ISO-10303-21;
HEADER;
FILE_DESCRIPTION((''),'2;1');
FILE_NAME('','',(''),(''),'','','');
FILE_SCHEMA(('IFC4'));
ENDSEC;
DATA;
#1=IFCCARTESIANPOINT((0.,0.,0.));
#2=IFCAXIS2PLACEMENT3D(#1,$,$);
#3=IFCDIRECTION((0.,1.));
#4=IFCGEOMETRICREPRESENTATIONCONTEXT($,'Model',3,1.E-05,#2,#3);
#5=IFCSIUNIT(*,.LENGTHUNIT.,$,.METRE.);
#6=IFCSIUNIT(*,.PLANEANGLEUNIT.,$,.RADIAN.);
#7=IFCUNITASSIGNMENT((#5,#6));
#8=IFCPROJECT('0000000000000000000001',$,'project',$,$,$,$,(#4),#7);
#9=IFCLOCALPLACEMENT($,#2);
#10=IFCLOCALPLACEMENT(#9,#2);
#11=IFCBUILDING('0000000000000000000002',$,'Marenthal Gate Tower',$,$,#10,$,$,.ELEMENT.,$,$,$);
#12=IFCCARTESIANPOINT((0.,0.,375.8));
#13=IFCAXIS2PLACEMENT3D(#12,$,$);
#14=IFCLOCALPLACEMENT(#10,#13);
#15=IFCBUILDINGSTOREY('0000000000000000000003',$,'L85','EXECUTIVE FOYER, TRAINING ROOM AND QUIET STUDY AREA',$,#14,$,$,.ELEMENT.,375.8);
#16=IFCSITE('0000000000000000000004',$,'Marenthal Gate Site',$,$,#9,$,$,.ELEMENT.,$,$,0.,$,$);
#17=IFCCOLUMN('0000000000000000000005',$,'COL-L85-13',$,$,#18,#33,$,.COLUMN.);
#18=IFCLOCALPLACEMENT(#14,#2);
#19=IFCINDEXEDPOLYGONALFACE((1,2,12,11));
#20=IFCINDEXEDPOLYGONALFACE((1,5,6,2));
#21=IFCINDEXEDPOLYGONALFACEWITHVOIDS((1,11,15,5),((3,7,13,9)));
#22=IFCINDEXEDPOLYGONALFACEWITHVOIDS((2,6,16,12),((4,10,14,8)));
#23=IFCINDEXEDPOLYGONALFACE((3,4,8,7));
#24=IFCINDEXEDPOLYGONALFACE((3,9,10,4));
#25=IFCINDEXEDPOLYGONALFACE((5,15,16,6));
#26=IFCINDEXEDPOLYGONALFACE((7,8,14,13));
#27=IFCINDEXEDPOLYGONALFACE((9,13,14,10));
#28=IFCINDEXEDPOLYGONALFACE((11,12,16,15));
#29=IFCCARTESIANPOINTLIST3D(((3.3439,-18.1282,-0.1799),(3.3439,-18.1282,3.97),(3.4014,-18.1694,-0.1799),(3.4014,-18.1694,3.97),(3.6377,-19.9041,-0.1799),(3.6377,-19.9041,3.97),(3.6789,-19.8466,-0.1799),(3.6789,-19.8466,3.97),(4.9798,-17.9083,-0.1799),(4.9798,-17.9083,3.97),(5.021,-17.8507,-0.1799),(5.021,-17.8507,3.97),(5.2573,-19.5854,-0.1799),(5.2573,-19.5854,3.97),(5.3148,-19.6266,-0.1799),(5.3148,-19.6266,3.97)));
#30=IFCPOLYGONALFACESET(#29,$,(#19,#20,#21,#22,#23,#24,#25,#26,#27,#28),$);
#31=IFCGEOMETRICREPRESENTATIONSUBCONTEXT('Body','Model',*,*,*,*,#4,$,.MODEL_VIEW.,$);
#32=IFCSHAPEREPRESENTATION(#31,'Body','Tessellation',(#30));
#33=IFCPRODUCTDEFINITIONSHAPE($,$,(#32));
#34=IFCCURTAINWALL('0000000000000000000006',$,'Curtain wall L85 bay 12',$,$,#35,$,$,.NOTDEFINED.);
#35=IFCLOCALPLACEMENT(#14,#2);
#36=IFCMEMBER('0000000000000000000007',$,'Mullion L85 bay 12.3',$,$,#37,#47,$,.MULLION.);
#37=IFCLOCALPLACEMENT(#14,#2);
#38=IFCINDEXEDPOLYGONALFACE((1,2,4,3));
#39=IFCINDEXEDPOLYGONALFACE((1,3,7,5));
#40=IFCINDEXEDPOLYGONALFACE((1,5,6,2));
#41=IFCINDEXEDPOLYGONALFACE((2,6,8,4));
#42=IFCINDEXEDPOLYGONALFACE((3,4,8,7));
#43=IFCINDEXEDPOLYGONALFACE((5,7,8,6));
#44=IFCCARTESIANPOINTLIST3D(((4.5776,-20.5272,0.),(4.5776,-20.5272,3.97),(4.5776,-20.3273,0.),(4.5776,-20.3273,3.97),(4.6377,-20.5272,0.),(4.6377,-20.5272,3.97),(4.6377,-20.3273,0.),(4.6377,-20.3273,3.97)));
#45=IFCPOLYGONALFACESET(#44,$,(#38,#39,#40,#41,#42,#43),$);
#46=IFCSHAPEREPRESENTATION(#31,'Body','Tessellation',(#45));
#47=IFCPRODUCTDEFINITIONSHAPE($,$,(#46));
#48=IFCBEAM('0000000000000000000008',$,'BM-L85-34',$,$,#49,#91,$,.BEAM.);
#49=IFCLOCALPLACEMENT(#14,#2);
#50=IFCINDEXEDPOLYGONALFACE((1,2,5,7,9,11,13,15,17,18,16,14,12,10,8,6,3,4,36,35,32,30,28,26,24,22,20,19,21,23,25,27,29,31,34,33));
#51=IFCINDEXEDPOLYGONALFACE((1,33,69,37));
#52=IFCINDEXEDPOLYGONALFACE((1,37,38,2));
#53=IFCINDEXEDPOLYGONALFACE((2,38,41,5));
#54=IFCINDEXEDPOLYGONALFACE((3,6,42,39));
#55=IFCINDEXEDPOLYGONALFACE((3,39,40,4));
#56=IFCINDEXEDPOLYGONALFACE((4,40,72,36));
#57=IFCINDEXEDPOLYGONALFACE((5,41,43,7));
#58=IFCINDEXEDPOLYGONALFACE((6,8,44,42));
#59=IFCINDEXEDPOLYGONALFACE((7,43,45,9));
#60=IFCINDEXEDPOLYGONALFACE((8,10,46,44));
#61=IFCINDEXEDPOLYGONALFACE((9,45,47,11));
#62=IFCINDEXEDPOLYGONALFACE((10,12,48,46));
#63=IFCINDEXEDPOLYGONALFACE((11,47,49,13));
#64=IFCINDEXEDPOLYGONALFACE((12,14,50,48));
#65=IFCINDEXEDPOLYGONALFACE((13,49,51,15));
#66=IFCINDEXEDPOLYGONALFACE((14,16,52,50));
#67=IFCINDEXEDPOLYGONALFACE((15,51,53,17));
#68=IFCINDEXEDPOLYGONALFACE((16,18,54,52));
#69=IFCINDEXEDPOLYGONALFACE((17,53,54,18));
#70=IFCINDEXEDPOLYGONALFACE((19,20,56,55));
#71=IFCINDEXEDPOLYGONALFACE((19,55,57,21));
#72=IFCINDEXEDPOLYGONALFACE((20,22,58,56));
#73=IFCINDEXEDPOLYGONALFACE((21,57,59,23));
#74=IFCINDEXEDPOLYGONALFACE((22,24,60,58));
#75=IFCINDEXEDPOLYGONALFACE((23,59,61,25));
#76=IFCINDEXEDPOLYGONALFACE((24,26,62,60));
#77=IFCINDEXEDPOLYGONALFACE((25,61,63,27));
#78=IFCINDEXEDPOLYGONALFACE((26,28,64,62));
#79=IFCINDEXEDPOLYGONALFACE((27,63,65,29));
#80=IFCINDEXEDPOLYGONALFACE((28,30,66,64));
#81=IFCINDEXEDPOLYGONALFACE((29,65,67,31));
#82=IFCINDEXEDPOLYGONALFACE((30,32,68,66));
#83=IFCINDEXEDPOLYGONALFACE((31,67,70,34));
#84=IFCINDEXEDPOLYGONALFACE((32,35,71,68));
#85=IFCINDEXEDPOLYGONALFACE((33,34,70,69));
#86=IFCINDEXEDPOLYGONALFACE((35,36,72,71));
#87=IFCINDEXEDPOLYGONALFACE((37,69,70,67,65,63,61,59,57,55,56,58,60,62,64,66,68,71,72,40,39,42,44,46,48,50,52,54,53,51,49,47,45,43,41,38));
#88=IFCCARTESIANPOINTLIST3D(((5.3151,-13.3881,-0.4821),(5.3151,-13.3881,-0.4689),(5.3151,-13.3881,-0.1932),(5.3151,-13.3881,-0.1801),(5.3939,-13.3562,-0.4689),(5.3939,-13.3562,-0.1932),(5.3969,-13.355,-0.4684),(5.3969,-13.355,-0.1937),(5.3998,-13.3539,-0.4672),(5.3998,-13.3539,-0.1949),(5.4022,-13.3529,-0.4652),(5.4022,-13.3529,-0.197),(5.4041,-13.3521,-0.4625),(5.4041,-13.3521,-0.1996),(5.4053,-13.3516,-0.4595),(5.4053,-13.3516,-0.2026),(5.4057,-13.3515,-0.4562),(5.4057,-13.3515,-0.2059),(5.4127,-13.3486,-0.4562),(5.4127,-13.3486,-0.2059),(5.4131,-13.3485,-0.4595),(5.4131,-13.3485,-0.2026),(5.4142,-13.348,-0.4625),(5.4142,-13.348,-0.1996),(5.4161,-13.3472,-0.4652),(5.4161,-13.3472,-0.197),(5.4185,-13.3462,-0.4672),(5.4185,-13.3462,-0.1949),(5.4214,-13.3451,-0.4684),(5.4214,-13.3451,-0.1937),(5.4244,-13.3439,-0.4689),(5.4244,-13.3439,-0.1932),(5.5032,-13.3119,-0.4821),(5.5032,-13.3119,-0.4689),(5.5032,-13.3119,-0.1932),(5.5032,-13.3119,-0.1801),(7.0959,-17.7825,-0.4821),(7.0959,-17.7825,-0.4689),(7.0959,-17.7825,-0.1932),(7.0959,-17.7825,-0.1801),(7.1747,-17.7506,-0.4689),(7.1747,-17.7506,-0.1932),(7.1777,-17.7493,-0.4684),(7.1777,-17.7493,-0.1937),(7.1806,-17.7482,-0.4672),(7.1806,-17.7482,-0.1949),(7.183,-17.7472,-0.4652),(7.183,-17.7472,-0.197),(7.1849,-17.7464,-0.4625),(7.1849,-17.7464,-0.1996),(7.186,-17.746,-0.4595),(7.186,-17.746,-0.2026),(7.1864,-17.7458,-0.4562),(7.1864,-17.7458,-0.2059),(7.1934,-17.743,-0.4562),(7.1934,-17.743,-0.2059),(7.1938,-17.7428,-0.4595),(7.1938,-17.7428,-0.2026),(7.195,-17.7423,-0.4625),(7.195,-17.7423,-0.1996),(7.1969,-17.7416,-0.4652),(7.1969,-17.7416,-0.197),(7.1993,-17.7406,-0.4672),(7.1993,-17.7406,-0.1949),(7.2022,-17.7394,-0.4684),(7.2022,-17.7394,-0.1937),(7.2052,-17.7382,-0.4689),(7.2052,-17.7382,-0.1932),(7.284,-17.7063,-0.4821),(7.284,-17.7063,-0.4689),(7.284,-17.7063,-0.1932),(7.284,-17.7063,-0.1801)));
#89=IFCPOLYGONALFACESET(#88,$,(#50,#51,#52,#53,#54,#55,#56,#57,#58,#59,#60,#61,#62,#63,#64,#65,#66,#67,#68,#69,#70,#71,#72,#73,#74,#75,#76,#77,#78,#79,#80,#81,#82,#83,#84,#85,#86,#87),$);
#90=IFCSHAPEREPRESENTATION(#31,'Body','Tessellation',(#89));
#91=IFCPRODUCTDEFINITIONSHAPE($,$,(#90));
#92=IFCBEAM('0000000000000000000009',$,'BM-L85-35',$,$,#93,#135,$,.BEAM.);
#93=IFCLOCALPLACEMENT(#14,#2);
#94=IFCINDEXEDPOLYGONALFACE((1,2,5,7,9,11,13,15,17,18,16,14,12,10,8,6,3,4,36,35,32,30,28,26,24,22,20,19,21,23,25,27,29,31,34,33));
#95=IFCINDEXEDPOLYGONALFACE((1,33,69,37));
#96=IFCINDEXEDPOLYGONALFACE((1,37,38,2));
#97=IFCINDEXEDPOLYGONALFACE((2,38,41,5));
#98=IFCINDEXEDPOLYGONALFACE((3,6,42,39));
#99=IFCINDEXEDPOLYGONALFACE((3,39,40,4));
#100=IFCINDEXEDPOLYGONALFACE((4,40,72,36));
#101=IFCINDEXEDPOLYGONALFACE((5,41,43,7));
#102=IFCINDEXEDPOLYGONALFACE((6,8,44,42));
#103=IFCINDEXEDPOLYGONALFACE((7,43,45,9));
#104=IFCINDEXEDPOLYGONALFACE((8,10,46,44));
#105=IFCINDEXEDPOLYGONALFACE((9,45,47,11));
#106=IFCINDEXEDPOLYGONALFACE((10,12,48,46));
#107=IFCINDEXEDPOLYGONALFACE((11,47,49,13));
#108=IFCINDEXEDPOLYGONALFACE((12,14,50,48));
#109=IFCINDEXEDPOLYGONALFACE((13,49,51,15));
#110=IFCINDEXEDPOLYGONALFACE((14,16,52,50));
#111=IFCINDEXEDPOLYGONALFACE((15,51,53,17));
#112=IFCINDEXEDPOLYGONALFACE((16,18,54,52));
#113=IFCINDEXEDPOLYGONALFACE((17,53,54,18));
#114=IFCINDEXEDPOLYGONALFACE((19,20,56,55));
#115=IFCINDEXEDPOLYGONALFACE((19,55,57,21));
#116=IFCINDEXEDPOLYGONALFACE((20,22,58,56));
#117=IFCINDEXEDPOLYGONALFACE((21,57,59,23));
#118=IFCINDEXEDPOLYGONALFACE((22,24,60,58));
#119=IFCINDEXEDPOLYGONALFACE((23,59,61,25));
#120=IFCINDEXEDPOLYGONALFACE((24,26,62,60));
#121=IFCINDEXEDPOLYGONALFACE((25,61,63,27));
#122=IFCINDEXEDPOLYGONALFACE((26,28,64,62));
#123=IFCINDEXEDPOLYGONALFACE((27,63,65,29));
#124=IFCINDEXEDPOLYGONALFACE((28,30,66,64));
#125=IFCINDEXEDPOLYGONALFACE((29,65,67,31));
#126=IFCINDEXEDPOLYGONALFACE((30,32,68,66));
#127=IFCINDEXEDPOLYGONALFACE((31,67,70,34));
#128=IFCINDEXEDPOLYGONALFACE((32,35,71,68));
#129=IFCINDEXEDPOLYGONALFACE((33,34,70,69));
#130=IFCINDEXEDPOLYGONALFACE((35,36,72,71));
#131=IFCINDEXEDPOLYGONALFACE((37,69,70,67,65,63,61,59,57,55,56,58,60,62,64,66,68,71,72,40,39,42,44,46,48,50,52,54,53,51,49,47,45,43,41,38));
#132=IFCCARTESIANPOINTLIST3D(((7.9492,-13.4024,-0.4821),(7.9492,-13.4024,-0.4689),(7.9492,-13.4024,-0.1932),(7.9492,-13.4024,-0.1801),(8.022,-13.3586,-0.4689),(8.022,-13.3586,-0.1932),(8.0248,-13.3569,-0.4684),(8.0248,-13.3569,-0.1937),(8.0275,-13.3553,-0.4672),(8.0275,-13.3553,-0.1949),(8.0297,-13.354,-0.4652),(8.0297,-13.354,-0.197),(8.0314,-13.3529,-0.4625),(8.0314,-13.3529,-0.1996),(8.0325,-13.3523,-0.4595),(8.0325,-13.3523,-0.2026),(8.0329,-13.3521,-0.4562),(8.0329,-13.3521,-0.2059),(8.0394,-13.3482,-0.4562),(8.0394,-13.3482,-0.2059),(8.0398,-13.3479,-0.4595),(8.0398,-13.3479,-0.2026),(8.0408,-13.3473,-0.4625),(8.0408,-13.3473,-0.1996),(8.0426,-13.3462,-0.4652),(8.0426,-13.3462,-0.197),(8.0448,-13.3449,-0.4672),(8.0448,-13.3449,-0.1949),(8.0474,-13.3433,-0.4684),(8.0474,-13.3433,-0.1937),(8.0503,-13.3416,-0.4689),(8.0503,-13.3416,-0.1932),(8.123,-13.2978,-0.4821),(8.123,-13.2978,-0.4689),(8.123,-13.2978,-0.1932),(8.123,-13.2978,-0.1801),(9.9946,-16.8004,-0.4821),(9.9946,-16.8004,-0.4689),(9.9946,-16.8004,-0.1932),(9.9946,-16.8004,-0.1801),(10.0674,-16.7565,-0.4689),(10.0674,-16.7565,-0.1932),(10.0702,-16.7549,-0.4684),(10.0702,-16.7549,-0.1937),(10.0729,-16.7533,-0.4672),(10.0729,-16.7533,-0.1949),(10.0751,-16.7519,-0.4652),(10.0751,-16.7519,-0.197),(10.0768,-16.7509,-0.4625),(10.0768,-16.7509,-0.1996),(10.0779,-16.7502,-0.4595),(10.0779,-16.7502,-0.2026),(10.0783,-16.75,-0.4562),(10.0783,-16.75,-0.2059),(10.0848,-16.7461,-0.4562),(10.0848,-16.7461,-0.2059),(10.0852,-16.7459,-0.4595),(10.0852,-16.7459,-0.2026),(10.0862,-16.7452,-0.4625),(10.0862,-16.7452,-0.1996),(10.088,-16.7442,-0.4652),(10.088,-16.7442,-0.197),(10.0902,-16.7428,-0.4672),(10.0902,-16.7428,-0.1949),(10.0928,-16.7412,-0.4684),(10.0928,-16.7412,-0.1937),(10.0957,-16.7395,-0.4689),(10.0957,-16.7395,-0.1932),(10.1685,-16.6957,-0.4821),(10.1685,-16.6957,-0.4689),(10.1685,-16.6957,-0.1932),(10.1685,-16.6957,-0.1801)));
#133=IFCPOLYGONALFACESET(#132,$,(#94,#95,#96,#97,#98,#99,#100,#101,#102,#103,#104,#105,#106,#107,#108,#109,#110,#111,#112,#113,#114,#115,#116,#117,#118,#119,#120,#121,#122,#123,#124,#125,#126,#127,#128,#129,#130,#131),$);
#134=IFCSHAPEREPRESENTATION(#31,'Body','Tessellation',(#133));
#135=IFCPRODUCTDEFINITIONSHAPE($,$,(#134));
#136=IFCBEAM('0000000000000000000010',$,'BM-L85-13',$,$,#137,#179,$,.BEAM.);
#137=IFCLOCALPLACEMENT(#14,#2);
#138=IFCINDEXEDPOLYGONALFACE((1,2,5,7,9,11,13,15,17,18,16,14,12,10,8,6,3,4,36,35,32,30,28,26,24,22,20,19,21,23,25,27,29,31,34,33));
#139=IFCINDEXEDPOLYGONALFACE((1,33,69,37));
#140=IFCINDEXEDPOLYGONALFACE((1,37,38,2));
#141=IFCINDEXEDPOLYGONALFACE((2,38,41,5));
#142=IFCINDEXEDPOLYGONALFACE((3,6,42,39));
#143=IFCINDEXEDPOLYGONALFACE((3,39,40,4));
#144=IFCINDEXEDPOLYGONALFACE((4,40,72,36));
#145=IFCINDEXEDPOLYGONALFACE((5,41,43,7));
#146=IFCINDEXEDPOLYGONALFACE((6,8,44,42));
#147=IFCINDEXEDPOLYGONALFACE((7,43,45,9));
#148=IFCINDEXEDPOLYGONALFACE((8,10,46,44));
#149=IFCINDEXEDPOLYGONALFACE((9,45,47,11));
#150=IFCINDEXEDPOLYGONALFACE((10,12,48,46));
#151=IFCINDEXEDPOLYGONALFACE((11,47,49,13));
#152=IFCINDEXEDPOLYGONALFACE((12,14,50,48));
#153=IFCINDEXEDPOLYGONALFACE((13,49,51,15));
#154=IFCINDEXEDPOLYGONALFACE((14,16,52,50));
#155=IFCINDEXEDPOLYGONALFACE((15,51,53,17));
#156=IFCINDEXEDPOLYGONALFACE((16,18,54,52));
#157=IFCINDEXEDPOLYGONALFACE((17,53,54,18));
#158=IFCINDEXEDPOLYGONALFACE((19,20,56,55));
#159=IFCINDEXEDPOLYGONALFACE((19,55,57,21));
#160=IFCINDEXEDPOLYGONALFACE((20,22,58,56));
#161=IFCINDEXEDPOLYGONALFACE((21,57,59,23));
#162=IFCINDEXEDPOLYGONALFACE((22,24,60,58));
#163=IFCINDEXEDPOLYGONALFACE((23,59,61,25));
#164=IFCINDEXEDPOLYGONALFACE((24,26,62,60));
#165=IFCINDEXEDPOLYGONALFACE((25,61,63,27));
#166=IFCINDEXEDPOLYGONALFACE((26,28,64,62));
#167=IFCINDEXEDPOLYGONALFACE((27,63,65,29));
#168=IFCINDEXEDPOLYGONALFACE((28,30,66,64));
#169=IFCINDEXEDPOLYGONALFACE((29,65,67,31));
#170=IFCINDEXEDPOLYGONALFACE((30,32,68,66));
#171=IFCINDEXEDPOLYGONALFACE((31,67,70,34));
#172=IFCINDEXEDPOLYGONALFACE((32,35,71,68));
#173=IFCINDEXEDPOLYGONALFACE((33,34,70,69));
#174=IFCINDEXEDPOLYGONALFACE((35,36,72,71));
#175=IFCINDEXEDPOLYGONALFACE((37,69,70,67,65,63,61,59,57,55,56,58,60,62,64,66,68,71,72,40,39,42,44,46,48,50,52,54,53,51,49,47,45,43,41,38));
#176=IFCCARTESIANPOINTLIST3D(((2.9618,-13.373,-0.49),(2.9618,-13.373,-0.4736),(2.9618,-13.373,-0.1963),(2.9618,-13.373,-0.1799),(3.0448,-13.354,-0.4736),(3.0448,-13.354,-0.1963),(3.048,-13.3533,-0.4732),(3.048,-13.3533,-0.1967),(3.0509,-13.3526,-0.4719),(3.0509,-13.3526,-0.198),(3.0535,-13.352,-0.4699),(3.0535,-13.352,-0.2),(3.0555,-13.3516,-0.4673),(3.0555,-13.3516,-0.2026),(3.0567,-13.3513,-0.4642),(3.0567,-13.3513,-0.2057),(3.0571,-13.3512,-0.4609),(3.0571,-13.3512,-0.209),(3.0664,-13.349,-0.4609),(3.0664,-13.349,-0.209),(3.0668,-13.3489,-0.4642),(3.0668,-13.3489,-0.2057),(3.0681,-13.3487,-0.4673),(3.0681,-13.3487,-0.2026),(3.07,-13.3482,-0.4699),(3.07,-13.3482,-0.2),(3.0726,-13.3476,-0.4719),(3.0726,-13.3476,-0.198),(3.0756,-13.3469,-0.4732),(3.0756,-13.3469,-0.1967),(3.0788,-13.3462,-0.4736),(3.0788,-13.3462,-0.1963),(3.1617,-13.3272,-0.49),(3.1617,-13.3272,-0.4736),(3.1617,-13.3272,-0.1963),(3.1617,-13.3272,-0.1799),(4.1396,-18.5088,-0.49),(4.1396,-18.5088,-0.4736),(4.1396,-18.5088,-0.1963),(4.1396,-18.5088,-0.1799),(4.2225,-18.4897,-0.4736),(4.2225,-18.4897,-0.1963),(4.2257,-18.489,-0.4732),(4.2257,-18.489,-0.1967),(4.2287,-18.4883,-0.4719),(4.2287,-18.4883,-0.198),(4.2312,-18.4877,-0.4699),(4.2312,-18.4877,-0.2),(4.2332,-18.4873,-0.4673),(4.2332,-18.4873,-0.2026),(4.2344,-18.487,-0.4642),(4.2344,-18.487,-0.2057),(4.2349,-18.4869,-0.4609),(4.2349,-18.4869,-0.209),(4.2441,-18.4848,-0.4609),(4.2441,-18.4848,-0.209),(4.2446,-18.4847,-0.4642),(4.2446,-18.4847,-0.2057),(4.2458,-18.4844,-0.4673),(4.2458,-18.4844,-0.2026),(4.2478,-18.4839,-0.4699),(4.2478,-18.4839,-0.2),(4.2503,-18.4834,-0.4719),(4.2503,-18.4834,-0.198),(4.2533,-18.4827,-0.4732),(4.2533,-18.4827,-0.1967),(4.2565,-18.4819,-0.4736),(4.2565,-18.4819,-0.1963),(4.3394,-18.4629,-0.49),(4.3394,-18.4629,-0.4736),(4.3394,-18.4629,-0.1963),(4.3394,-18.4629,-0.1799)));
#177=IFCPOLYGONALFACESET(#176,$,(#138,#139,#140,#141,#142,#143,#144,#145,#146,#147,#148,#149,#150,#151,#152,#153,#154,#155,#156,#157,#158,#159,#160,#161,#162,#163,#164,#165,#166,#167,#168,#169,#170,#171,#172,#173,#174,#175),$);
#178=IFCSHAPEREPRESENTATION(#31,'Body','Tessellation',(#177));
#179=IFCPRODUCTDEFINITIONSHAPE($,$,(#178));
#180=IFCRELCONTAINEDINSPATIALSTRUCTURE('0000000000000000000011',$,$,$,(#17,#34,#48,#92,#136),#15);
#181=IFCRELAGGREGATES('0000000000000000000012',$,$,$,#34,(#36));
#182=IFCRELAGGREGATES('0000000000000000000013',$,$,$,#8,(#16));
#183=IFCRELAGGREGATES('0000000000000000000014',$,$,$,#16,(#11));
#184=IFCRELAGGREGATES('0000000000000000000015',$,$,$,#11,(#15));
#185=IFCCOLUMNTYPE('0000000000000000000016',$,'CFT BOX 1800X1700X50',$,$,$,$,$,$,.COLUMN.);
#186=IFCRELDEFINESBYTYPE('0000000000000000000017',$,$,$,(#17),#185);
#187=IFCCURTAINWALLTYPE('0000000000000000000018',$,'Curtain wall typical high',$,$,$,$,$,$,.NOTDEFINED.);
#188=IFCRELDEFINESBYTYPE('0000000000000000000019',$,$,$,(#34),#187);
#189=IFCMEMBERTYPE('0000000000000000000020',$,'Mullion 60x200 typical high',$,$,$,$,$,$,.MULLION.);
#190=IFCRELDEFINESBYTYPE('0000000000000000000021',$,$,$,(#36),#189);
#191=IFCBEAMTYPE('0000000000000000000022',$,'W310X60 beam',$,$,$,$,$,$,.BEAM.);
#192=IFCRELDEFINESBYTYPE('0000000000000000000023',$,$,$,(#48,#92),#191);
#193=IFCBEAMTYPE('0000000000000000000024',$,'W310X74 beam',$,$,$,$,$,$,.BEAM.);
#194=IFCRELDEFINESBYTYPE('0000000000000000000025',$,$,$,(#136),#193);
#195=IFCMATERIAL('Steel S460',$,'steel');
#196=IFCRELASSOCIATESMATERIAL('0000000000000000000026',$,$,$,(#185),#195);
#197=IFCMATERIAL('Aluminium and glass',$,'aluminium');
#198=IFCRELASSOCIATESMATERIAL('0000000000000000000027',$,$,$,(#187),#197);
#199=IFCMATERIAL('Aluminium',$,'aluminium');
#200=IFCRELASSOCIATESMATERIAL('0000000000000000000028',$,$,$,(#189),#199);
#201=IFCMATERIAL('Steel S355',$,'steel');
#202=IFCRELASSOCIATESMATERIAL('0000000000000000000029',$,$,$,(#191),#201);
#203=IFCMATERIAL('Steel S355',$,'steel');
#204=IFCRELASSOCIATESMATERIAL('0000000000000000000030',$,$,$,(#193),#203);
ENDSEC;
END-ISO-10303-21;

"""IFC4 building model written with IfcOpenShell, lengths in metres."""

from ifc_helpers import new_model, si_unit, direction, frame, origin, origin_2d, place, context, subcontext, project, spatial, rectangle, hollow_rectangle, i_section, extrude, material, material_profile, profile_set, type_object, element, aggregate, save


model = new_model("IFC4")

# Units and contexts
model_context = context("Model", 3, precision=1e-05, world=origin(), true_north=direction((0.0, 1.0)))
body_context = subcontext(model_context, "Body", "Model", "MODEL_VIEW")
ifc_project = project(units=[si_unit("LENGTHUNIT", "METRE"), si_unit("PLANEANGLEUNIT", "RADIAN")], contexts=[model_context])

# Site, building, storey
site_placement = place(None, origin())
site = spatial("IfcSite", under=ifc_project, at=site_placement, Name="Marenthal Gate Site", CompositionType="ELEMENT", RefElevation=0.0)
building_placement = place(site_placement, origin())
building = spatial("IfcBuilding", under=site, at=building_placement, Name="Marenthal Gate Tower", CompositionType="ELEMENT")
storey_placement = place(building_placement, frame((0.0, 0.0, 375.8)))
storey = spatial("IfcBuildingStorey", under=building, at=storey_placement, Name="L85", Description="EXECUTIVE FOYER, TRAINING ROOM AND QUIET STUDY AREA", CompositionType="ELEMENT", Elevation=375.8)

# Column
ifc_material_1 = material(Name="Steel S460", Category="steel")
ifc_material_profile_1 = material_profile(ifc_material_1, hollow_rectangle(XDim=1.7, YDim=1.8, WallThickness=0.05, at=origin_2d()), Name="CFT BOX 1800X1700X50")
ifc_material_2 = material(Name="Concrete 70 MPa", Category="concrete")
ifc_material_profile_2 = material_profile(ifc_material_2, rectangle(XDim=1.6001, YDim=1.7, at=origin_2d()), Name="CFT BOX 1800X1700X50 INFILL")
ifc_profile_set_1 = profile_set([ifc_material_profile_1, ifc_material_profile_2], Name="Steel S460 shell, Concrete 70 MPa infill")
column_type = type_object("IfcColumnType", Name="CFT BOX 1800X1700X50", PredefinedType="COLUMN", material=ifc_profile_set_1)
column_placement = place(storey_placement, frame((4.3293, -18.8774, -0.1799), z_axis=(0.0, 0.0, 1.0), x_axis=(-0.986586, -0.16324, 0.0)))
element("IfcColumn", 1, at=column_placement, inside=storey, type_object=column_type, Name="COL-L85-13", PredefinedType="COLUMN", context=body_context, shape_type="SweptSolid", body=[
    extrude(hollow_rectangle(XDim=1.7, YDim=1.8, WallThickness=0.05, at=origin_2d()), origin(), (0.0, 0.0, 1.0), 4.1499),
])

# Curtain wall, member
ifc_material_3 = material(Name="Aluminium and glass", Category="aluminium")
curtain_wall_type = type_object("IfcCurtainWallType", Name="Curtain wall typical high", PredefinedType="NOTDEFINED", material=ifc_material_3)
curtain_wall_placement = place(storey_placement, origin())
curtain_wall = element("IfcCurtainWall", 2, at=curtain_wall_placement, inside=storey, type_object=curtain_wall_type, Name="Curtain wall L85 bay 12", PredefinedType="NOTDEFINED")
ifc_material_4 = material(Name="Aluminium", Category="aluminium")
ifc_material_profile_3 = material_profile(ifc_material_4, rectangle(XDim=0.2, YDim=0.0601, at=origin_2d()), Name="60x200 aluminium mullion")
ifc_profile_set_2 = profile_set([ifc_material_profile_3], Name="Aluminium")
member_type = type_object("IfcMemberType", Name="Mullion 60x200 typical high", PredefinedType="MULLION", material=ifc_profile_set_2)
member_placement = place(storey_placement, frame((4.6077, -20.4272, 0.0), z_axis=(0.0, 0.0, 1.0), x_axis=(0.0, 1.0, 0.0)))
member = element("IfcMember", 3, at=member_placement, type_object=member_type, Name="Mullion L85 bay 12.3", PredefinedType="MULLION", context=body_context, shape_type="SweptSolid", body=[
    extrude(rectangle(XDim=0.2, YDim=0.0601, at=origin_2d()), origin(), (0.0, 0.0, 1.0), 3.97),
])

# Beams
ifc_material_5 = material(Name="Steel S355", Category="steel")
ifc_material_profile_4 = material_profile(ifc_material_5, i_section(OverallWidth=0.2029, OverallDepth=0.302, WebThickness=0.0076, FlangeThickness=0.0132, FilletRadius=0.0127, at=origin_2d()), Name="W310X60")
ifc_profile_set_3 = profile_set([ifc_material_profile_4], Name="Steel S355")
beam_type_1 = type_object("IfcBeamType", Name="W310X60 beam", PredefinedType="BEAM", material=ifc_profile_set_3)
beam_1_placement = place(storey_placement, frame((7.1899, -17.7444, -0.3311), z_axis=(-0.375577, 0.926791, 0.0), x_axis=(-0.926791, -0.375577, 0.0)))
element("IfcBeam", 4, at=beam_1_placement, inside=storey, type_object=beam_type_1, Name="BM-L85-34", PredefinedType="BEAM", context=body_context, shape_type="SweptSolid", body=[
    extrude(i_section(OverallWidth=0.2029, OverallDepth=0.302, WebThickness=0.0076, FlangeThickness=0.0132, FilletRadius=0.0127, at=origin_2d()), origin(), (0.0, 0.0, 1.0), 4.7415),
])
beam_2_placement = place(storey_placement, frame((10.0815, -16.748, -0.3311), z_axis=(-0.515726, 0.856753, 0.0), x_axis=(-0.856753, -0.515726, 0.0)))
element("IfcBeam", 5, at=beam_2_placement, inside=storey, type_object=beam_type_1, Name="BM-L85-35", PredefinedType="BEAM", context=body_context, shape_type="SweptSolid", body=[
    extrude(i_section(OverallWidth=0.2029, OverallDepth=0.302, WebThickness=0.0076, FlangeThickness=0.0132, FilletRadius=0.0127, at=origin_2d()), origin(), (0.0, 0.0, 1.0), 3.9661),
])
ifc_material_6 = material(Name="Steel S355", Category="steel")
ifc_material_profile_5 = material_profile(ifc_material_6, i_section(OverallWidth=0.2051, OverallDepth=0.3101, WebThickness=0.0095, FlangeThickness=0.0164, FilletRadius=0.0127, at=origin_2d()), Name="W310X74")
ifc_profile_set_4 = profile_set([ifc_material_profile_5], Name="Steel S355")
beam_type_2 = type_object("IfcBeamType", Name="W310X74 beam", PredefinedType="BEAM", material=ifc_profile_set_4)
beam_3_placement = place(storey_placement, frame((4.2395, -18.4858, -0.335), z_axis=(-0.223519, 0.9747, 0.0), x_axis=(-0.9747, -0.223519, 0.0)))
element("IfcBeam", 6, at=beam_3_placement, inside=storey, type_object=beam_type_2, Name="BM-L85-13", PredefinedType="BEAM", context=body_context, shape_type="SweptSolid", body=[
    extrude(i_section(OverallWidth=0.2051, OverallDepth=0.3101, WebThickness=0.0095, FlangeThickness=0.0164, FilletRadius=0.0127, at=origin_2d()), origin(), (0.0, 0.0, 1.0), 5.269),
])

aggregate(curtain_wall, [member])

save(model, "model.ifc")
